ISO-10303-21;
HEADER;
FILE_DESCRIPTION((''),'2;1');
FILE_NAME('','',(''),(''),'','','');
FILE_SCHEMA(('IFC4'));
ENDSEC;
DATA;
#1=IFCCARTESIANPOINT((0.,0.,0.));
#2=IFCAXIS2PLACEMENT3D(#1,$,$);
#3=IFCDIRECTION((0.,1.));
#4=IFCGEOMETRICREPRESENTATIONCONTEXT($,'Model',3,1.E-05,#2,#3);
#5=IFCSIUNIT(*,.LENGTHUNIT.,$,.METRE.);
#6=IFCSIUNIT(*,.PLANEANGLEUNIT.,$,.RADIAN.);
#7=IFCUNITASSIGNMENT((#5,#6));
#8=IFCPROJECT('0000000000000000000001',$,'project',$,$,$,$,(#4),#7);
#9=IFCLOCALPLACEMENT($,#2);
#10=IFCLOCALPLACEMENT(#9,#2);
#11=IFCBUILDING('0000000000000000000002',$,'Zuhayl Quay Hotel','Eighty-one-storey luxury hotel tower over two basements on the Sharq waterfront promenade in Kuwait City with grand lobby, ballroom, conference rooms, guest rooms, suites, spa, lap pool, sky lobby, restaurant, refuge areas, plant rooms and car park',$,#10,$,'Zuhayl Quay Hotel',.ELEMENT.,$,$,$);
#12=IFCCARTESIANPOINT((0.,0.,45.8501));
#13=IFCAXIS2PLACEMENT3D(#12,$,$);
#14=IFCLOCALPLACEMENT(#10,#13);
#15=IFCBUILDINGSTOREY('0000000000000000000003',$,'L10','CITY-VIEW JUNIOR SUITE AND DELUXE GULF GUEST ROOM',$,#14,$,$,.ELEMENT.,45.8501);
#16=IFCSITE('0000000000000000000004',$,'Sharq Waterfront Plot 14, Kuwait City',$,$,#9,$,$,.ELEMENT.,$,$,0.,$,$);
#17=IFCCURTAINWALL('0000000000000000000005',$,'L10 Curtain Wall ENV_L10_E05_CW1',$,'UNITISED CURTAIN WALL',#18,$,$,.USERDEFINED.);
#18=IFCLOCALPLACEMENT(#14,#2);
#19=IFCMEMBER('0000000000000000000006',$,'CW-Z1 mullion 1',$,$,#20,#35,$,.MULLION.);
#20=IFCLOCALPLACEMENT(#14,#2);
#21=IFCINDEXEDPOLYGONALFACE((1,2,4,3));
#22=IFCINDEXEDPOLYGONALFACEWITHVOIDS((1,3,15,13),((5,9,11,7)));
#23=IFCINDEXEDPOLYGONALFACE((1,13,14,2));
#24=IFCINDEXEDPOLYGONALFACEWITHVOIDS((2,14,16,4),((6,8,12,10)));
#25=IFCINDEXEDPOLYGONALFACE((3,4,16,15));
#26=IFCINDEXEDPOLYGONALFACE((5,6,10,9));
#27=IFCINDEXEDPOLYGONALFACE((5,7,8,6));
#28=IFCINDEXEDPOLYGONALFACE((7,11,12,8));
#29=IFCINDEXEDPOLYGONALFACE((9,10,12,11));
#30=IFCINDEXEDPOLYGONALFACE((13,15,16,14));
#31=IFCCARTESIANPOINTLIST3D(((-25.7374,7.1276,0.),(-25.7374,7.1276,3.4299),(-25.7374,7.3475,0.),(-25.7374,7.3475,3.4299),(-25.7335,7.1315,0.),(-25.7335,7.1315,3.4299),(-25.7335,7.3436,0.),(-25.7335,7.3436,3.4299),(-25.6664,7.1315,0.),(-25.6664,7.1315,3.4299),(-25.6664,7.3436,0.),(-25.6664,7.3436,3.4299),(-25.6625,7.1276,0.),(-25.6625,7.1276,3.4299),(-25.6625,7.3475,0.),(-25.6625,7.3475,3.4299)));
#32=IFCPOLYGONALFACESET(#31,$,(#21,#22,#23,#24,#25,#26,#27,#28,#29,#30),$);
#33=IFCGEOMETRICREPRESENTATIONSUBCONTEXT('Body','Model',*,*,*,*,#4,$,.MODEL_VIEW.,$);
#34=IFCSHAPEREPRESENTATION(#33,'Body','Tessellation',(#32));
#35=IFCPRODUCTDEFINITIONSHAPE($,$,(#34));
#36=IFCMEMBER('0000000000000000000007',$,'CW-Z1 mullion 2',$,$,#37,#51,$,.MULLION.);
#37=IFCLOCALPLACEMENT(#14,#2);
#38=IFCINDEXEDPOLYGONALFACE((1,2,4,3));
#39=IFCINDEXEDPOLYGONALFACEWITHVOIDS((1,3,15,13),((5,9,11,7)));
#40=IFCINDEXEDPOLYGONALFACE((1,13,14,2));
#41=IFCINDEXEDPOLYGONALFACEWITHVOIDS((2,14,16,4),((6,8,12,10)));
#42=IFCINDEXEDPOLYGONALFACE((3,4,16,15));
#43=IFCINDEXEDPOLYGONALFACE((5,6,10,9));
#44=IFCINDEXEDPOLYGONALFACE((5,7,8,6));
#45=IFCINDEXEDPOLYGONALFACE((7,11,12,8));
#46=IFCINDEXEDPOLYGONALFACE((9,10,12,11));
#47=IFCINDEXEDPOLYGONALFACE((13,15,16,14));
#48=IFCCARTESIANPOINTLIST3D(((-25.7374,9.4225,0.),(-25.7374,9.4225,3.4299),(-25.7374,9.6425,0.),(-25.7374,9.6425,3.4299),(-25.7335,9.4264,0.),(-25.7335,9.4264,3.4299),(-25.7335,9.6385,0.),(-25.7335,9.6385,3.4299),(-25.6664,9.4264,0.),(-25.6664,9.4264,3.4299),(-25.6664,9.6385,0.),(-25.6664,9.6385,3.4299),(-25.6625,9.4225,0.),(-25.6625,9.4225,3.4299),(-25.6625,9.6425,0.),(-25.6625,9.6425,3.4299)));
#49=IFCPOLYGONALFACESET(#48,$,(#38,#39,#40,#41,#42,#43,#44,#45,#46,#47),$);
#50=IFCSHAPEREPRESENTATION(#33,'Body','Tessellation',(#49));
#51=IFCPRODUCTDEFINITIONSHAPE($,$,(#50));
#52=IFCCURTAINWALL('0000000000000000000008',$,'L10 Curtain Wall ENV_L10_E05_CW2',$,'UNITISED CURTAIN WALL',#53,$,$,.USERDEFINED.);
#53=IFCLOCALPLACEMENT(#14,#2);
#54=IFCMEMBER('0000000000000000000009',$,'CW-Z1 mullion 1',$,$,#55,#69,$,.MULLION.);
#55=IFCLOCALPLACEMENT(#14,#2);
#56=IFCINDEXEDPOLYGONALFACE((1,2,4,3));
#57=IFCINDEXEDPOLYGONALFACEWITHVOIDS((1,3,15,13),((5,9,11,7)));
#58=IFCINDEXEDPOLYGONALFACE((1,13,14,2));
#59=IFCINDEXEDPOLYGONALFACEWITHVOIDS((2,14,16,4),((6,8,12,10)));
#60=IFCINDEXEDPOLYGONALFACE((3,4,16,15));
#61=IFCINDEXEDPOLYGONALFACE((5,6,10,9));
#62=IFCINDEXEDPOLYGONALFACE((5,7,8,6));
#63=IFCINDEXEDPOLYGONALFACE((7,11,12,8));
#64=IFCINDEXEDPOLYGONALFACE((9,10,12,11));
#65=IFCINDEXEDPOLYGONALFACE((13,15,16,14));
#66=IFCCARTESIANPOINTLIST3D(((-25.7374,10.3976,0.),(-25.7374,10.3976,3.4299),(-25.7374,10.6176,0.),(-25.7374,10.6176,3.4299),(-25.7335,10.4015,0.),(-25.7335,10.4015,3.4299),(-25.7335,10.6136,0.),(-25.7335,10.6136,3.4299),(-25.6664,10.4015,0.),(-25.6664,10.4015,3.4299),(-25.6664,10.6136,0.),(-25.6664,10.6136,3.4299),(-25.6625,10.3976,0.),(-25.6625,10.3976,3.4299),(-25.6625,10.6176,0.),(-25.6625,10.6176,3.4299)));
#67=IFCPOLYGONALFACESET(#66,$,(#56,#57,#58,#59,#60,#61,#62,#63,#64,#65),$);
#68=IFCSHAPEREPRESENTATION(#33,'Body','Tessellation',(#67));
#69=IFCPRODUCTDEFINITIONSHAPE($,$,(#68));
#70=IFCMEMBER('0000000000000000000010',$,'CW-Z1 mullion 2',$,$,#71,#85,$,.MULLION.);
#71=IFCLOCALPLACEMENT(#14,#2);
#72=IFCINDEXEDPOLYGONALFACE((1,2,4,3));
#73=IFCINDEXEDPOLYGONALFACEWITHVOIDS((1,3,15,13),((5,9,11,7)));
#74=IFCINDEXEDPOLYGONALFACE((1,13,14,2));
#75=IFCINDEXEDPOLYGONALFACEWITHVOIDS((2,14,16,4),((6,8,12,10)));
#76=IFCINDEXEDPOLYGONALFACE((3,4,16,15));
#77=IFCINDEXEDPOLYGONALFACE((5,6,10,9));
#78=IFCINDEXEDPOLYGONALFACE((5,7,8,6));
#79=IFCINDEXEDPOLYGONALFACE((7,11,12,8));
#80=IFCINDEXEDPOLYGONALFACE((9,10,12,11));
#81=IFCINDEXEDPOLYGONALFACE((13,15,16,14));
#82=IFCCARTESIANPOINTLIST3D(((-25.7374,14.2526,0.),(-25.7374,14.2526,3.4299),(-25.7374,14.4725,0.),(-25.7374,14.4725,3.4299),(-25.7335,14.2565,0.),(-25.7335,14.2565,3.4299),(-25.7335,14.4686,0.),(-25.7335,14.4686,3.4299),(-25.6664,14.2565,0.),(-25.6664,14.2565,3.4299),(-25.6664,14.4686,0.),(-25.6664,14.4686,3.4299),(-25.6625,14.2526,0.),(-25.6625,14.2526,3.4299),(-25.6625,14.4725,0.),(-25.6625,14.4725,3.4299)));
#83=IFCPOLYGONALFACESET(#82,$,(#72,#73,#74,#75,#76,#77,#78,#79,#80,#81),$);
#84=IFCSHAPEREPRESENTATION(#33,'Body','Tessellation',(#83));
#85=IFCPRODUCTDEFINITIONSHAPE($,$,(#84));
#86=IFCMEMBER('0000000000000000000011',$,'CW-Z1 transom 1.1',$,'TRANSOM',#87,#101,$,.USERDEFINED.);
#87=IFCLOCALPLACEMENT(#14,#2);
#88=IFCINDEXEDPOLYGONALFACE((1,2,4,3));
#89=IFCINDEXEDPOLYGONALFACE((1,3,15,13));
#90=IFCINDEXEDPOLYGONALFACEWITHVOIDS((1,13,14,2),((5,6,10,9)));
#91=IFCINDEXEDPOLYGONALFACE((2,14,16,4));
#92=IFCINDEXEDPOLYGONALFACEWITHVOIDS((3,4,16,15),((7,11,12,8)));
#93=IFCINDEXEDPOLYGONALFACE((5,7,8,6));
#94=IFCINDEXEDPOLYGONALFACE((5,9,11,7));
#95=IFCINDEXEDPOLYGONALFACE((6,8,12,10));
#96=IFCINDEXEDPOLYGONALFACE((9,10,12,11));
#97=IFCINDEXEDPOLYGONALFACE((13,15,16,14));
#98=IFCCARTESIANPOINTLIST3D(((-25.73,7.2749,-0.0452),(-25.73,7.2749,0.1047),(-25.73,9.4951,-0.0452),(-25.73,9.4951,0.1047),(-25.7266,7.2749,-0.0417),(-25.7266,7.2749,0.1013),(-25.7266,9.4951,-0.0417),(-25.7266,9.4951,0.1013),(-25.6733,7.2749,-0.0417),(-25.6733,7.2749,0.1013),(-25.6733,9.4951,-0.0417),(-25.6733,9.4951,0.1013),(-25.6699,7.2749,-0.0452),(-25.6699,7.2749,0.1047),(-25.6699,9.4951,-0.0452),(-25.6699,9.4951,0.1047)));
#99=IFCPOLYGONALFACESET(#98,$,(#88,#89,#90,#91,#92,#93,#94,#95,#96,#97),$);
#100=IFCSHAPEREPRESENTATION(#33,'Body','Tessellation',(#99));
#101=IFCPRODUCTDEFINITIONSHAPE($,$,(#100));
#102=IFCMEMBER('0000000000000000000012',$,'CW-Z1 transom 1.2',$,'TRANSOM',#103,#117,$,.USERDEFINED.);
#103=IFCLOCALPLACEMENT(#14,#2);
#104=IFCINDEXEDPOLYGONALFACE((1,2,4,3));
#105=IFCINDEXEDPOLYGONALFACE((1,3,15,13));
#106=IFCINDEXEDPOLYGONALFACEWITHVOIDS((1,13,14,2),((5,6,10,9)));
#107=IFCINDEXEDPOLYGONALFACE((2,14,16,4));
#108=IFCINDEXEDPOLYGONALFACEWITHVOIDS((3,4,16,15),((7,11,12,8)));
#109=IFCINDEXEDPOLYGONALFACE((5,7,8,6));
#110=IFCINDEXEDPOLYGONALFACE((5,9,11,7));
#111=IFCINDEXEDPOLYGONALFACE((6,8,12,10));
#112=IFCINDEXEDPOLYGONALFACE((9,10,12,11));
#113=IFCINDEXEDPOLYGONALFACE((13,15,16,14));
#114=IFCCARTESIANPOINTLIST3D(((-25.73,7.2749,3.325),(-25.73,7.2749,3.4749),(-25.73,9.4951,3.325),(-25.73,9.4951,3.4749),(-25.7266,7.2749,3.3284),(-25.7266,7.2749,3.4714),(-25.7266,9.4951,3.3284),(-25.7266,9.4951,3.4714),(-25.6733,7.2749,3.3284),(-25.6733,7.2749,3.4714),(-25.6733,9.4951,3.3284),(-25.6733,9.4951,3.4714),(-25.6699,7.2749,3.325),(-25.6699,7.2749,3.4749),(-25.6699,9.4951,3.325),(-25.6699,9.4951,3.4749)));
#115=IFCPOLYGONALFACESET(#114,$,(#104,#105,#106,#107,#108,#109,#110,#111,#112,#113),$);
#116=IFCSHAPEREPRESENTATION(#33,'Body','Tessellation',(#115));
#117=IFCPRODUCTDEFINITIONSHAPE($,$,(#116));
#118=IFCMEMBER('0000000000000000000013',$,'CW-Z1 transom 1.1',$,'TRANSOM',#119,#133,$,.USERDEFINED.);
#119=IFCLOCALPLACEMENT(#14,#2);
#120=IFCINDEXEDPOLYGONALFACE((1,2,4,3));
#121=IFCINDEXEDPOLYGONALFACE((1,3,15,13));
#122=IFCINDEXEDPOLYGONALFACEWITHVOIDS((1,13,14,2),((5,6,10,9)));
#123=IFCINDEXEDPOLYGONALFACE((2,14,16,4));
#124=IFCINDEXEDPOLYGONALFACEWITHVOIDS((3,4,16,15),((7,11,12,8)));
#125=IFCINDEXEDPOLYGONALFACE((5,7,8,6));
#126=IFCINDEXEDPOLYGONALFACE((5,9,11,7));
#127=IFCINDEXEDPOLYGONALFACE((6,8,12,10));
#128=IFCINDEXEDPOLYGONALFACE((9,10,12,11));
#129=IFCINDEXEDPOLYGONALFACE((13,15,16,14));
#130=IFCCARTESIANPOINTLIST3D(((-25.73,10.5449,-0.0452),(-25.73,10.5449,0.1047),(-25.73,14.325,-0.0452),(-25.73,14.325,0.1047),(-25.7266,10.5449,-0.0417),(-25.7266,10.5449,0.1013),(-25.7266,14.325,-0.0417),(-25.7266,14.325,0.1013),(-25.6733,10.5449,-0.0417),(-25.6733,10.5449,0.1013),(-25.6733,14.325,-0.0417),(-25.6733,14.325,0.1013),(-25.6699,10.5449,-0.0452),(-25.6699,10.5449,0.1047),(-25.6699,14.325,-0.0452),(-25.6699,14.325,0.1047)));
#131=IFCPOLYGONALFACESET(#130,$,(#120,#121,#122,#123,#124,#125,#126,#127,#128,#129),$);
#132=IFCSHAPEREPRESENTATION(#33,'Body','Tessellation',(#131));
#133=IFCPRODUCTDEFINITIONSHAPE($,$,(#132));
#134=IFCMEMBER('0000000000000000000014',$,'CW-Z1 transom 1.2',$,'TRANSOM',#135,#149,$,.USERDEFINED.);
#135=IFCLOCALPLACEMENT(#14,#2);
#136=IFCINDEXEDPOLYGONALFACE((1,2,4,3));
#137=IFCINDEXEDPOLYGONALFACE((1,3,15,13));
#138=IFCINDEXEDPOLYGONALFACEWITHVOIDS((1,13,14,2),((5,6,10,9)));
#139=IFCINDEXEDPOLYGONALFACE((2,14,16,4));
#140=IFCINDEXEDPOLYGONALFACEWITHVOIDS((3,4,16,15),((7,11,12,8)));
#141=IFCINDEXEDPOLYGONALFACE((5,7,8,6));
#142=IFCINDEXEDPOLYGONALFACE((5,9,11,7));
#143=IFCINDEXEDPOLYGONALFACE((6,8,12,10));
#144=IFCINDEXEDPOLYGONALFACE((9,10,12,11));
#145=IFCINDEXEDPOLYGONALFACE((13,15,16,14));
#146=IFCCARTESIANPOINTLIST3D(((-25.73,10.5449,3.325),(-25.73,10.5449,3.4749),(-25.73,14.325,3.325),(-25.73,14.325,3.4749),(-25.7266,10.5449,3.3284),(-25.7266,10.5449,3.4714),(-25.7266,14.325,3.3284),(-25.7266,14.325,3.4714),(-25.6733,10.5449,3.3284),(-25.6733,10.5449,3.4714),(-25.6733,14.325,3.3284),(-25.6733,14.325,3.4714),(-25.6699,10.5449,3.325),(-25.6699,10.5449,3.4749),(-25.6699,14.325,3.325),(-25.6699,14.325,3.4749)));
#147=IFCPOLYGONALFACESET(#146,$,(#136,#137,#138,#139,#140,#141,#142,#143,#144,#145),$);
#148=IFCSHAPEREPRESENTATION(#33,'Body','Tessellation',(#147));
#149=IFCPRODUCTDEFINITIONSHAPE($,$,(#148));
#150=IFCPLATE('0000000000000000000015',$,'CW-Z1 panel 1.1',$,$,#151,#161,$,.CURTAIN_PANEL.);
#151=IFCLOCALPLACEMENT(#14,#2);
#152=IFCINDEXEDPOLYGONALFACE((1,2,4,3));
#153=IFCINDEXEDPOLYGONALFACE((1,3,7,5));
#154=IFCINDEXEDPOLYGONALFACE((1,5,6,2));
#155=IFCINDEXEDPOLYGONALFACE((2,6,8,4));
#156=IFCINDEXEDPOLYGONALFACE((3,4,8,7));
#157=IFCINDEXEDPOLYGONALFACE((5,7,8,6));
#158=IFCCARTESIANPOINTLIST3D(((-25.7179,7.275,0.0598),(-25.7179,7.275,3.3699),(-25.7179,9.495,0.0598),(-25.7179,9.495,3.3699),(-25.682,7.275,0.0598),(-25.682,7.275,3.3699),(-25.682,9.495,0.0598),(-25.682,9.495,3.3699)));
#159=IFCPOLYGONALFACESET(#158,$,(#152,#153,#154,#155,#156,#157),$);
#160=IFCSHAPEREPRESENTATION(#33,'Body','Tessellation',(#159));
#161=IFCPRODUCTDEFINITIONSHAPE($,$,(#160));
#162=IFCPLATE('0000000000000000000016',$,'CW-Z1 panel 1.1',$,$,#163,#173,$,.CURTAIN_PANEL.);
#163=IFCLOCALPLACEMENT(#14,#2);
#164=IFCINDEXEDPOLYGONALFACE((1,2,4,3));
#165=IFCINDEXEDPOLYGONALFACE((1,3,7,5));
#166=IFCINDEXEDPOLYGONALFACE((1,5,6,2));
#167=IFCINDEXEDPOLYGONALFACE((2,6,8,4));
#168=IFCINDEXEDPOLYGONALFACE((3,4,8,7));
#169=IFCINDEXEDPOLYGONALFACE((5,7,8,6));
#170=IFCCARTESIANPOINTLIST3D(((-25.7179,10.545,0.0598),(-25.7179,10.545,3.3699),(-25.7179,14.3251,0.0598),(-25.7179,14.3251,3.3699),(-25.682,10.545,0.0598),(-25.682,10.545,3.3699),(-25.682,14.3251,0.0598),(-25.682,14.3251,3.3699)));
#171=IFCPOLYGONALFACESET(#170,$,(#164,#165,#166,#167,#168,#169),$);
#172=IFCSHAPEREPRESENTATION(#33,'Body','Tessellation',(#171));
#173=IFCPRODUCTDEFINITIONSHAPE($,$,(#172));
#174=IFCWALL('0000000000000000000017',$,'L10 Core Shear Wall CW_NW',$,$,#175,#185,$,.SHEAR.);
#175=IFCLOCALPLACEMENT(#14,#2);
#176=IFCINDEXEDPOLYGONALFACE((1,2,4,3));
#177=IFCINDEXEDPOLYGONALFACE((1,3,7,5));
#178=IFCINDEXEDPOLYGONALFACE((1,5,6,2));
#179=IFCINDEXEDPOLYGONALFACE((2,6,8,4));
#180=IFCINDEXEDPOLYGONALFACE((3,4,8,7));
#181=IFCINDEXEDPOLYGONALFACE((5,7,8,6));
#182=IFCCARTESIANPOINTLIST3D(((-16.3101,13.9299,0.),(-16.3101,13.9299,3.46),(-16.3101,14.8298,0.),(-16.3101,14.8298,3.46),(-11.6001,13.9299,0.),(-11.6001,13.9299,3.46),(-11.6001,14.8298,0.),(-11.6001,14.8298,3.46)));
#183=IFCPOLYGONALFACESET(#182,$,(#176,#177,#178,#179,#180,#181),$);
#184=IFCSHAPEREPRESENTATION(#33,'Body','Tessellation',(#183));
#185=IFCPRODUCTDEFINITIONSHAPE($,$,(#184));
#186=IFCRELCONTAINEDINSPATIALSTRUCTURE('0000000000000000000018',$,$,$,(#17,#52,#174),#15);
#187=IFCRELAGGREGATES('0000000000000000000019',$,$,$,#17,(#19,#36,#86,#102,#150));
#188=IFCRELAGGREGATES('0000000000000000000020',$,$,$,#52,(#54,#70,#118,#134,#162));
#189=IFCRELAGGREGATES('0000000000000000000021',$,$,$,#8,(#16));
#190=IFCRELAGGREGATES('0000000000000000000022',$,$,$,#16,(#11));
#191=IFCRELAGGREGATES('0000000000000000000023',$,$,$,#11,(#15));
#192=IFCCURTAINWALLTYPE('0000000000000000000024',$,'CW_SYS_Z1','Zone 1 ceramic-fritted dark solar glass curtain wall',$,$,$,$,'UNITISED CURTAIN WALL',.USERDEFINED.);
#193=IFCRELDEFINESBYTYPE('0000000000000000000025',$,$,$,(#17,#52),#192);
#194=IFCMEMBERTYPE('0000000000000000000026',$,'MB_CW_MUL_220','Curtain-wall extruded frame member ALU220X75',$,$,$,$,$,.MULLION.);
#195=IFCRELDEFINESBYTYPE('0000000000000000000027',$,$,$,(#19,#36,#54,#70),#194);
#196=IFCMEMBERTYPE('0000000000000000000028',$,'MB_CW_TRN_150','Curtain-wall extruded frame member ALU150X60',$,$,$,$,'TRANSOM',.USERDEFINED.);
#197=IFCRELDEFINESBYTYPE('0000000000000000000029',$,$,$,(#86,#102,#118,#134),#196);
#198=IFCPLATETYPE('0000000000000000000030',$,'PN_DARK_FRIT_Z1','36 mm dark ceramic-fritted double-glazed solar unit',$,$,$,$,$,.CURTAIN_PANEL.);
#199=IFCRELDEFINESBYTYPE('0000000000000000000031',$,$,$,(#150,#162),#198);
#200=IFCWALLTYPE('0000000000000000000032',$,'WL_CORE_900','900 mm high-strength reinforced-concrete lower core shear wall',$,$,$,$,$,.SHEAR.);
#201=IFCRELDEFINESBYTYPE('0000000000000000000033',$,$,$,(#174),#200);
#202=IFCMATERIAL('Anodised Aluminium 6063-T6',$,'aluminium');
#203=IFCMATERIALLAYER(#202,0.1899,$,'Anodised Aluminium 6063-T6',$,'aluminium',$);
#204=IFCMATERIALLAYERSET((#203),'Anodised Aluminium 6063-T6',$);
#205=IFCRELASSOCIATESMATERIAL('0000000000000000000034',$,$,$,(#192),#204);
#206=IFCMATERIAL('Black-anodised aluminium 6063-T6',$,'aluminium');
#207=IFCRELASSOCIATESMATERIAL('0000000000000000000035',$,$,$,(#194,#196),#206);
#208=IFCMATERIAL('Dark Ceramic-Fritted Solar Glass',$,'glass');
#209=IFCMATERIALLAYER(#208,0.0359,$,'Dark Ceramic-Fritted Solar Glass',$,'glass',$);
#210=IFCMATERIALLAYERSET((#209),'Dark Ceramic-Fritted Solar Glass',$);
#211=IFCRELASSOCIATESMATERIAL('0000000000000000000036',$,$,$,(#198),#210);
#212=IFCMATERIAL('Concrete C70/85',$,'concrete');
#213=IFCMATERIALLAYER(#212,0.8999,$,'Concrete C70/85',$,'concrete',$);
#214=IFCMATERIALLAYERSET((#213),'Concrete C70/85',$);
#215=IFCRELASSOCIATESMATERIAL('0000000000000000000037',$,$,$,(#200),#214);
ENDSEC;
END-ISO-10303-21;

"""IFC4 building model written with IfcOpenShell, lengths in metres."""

from ifc_helpers import new_model, si_unit, direction, frame, frame_2d, origin, origin_2d, place, context, subcontext, project, spatial, rectangle, hollow_rectangle, extrude, material, layer, layer_set, material_profile, profile_set, type_object, element, aggregate, save


model = new_model("IFC4")

# Units and contexts
model_context = context("Model", 3, precision=1e-05, world=origin(), true_north=direction((0.0, 1.0)))
body_context = subcontext(model_context, "Body", "Model", "MODEL_VIEW")
ifc_project = project(units=[si_unit("LENGTHUNIT", "METRE"), si_unit("PLANEANGLEUNIT", "RADIAN")], contexts=[model_context])

# Site, building, storey
site_placement = place(None, origin())
site = spatial("IfcSite", under=ifc_project, at=site_placement, Name="Sharq Waterfront Plot 14, Kuwait City", CompositionType="ELEMENT", RefElevation=0.0)
building_placement = place(site_placement, origin())
building = spatial("IfcBuilding", under=site, at=building_placement, Name="Zuhayl Quay Hotel", Description="Eighty-one-storey luxury hotel tower over two basements on the Sharq waterfront promenade in Kuwait City with grand lobby, ballroom, conference rooms, guest rooms, suites, spa, lap pool, sky lobby, restaurant, refuge areas, plant rooms and car park", LongName="Zuhayl Quay Hotel", CompositionType="ELEMENT")
storey_placement = place(building_placement, frame((0.0, 0.0, 45.8501)))
storey = spatial("IfcBuildingStorey", under=building, at=storey_placement, Name="L10", Description="CITY-VIEW JUNIOR SUITE AND DELUXE GULF GUEST ROOM", CompositionType="ELEMENT", Elevation=45.8501)

# Curtain walls, members
ifc_material_1 = material(Name="Anodised Aluminium 6063-T6", Category="aluminium")
ifc_layer_1 = layer(ifc_material_1, 0.1899, Name="Anodised Aluminium 6063-T6", Category="aluminium")
ifc_layer_set_1 = layer_set([ifc_layer_1], Name="Anodised Aluminium 6063-T6")
curtain_wall_type = type_object("IfcCurtainWallType", Name="CW_SYS_Z1", Description="Zone 1 ceramic-fritted dark solar glass curtain wall", ElementType="UNITISED CURTAIN WALL", PredefinedType="USERDEFINED", material=ifc_layer_set_1)
curtain_wall_1_placement = place(storey_placement, origin())
curtain_wall_1 = element("IfcCurtainWall", 1, at=curtain_wall_1_placement, inside=storey, type_object=curtain_wall_type, Name="L10 Curtain Wall ENV_L10_E05_CW1", ObjectType="UNITISED CURTAIN WALL", PredefinedType="USERDEFINED")
ifc_material_2 = material(Name="Black-anodised aluminium 6063-T6", Category="aluminium")
ifc_material_profile_1 = material_profile(ifc_material_2, hollow_rectangle(XDim=0.075, YDim=0.22, WallThickness=0.0039, at=origin_2d()), Name="ALU220X75")
ifc_profile_set_1 = profile_set([ifc_material_profile_1], Name="Black-anodised aluminium 6063-T6")
member_type_1 = type_object("IfcMemberType", Name="MB_CW_MUL_220", Description="Curtain-wall extruded frame member ALU220X75", PredefinedType="MULLION", material=ifc_profile_set_1)
member_1_placement = place(storey_placement, frame((-25.7, 7.2375, 0.0), z_axis=(0.0, 0.0, 1.0), x_axis=(-1.0, 0.0, 0.0)))
member_1 = element("IfcMember", 2, at=member_1_placement, type_object=member_type_1, Name="CW-Z1 mullion 1", PredefinedType="MULLION", context=body_context, shape_type="SweptSolid", body=[
    extrude(hollow_rectangle(XDim=0.075, YDim=0.22, WallThickness=0.0039, at=origin_2d()), origin(), (0.0, 0.0, 1.0), 3.4299),
])
member_2_placement = place(storey_placement, frame((-25.7, 9.5325, 0.0), z_axis=(0.0, 0.0, 1.0), x_axis=(-1.0, 0.0, 0.0)))
member_2 = element("IfcMember", 3, at=member_2_placement, type_object=member_type_1, Name="CW-Z1 mullion 2", PredefinedType="MULLION", context=body_context, shape_type="SweptSolid", body=[
    extrude(hollow_rectangle(XDim=0.075, YDim=0.22, WallThickness=0.0039, at=origin_2d()), origin(), (0.0, 0.0, 1.0), 3.4299),
])
curtain_wall_2_placement = place(storey_placement, origin())
curtain_wall_2 = element("IfcCurtainWall", 4, at=curtain_wall_2_placement, inside=storey, type_object=curtain_wall_type, Name="L10 Curtain Wall ENV_L10_E05_CW2", ObjectType="UNITISED CURTAIN WALL", PredefinedType="USERDEFINED")
member_3_placement = place(storey_placement, frame((-25.7, 10.5076, 0.0), z_axis=(0.0, 0.0, 1.0), x_axis=(-1.0, 0.0, 0.0)))
member_3 = element("IfcMember", 5, at=member_3_placement, type_object=member_type_1, Name="CW-Z1 mullion 1", PredefinedType="MULLION", context=body_context, shape_type="SweptSolid", body=[
    extrude(hollow_rectangle(XDim=0.075, YDim=0.22, WallThickness=0.0039, at=origin_2d()), origin(), (0.0, 0.0, 1.0), 3.4299),
])
member_4_placement = place(storey_placement, frame((-25.7, 14.3625, 0.0), z_axis=(0.0, 0.0, 1.0), x_axis=(-1.0, 0.0, 0.0)))
member_4 = element("IfcMember", 6, at=member_4_placement, type_object=member_type_1, Name="CW-Z1 mullion 2", PredefinedType="MULLION", context=body_context, shape_type="SweptSolid", body=[
    extrude(hollow_rectangle(XDim=0.075, YDim=0.22, WallThickness=0.0039, at=origin_2d()), origin(), (0.0, 0.0, 1.0), 3.4299),
])

# Members
ifc_material_profile_2 = material_profile(ifc_material_2, hollow_rectangle(XDim=0.0601, YDim=0.1499, WallThickness=0.0034, at=origin_2d()), Name="ALU150X60")
ifc_profile_set_2 = profile_set([ifc_material_profile_2], Name="Black-anodised aluminium 6063-T6")
member_type_2 = type_object("IfcMemberType", Name="MB_CW_TRN_150", Description="Curtain-wall extruded frame member ALU150X60", ElementType="TRANSOM", PredefinedType="USERDEFINED", material=ifc_profile_set_2)
member_5_placement = place(storey_placement, frame((-25.7, 7.2749, 0.0298), z_axis=(0.0, 1.0, 0.0), x_axis=(-1.0, 0.0, 0.0)))
member_5 = element("IfcMember", 7, at=member_5_placement, type_object=member_type_2, Name="CW-Z1 transom 1.1", ObjectType="TRANSOM", PredefinedType="USERDEFINED", context=body_context, shape_type="SweptSolid", body=[
    extrude(hollow_rectangle(XDim=0.0601, YDim=0.1499, WallThickness=0.0034, at=origin_2d()), origin(), (0.0, 0.0, 1.0), 2.2202),
])
member_6_placement = place(storey_placement, frame((-25.7, 7.2749, 3.3999), z_axis=(0.0, 1.0, 0.0), x_axis=(-1.0, 0.0, 0.0)))
member_6 = element("IfcMember", 8, at=member_6_placement, type_object=member_type_2, Name="CW-Z1 transom 1.2", ObjectType="TRANSOM", PredefinedType="USERDEFINED", context=body_context, shape_type="SweptSolid", body=[
    extrude(hollow_rectangle(XDim=0.0601, YDim=0.1499, WallThickness=0.0034, at=origin_2d()), origin(), (0.0, 0.0, 1.0), 2.2202),
])
member_7_placement = place(storey_placement, frame((-25.7, 10.5449, 0.0298), z_axis=(0.0, 1.0, 0.0), x_axis=(-1.0, 0.0, 0.0)))
member_7 = element("IfcMember", 9, at=member_7_placement, type_object=member_type_2, Name="CW-Z1 transom 1.1", ObjectType="TRANSOM", PredefinedType="USERDEFINED", context=body_context, shape_type="SweptSolid", body=[
    extrude(hollow_rectangle(XDim=0.0601, YDim=0.1499, WallThickness=0.0034, at=origin_2d()), origin(), (0.0, 0.0, 1.0), 3.78),
])
member_8_placement = place(storey_placement, frame((-25.7, 10.5449, 3.3999), z_axis=(0.0, 1.0, 0.0), x_axis=(-1.0, 0.0, 0.0)))
member_8 = element("IfcMember", 10, at=member_8_placement, type_object=member_type_2, Name="CW-Z1 transom 1.2", ObjectType="TRANSOM", PredefinedType="USERDEFINED", context=body_context, shape_type="SweptSolid", body=[
    extrude(hollow_rectangle(XDim=0.0601, YDim=0.1499, WallThickness=0.0034, at=origin_2d()), origin(), (0.0, 0.0, 1.0), 3.78),
])

# Plates
ifc_material_3 = material(Name="Dark Ceramic-Fritted Solar Glass", Category="glass")
ifc_layer_2 = layer(ifc_material_3, 0.0359, Name="Dark Ceramic-Fritted Solar Glass", Category="glass")
ifc_layer_set_2 = layer_set([ifc_layer_2], Name="Dark Ceramic-Fritted Solar Glass")
plate_type = type_object("IfcPlateType", Name="PN_DARK_FRIT_Z1", Description="36 mm dark ceramic-fritted double-glazed solar unit", PredefinedType="CURTAIN_PANEL", material=ifc_layer_set_2)
plate_1_placement = place(storey_placement, frame((-25.7, 8.385, 0.0598), z_axis=(0.0, 0.0, 1.0), x_axis=(0.0, 1.0, 0.0)))
plate_1 = element("IfcPlate", 11, at=plate_1_placement, type_object=plate_type, Name="CW-Z1 panel 1.1", PredefinedType="CURTAIN_PANEL", context=body_context, shape_type="SweptSolid", body=[
    extrude(rectangle(XDim=2.22, YDim=0.0359, at=origin_2d()), origin(), (0.0, 0.0, 1.0), 3.3101),
])
aggregate(curtain_wall_1, [member_1, member_2, member_5, member_6, plate_1])
plate_2_placement = place(storey_placement, frame((-25.7, 12.4351, 0.0598), z_axis=(0.0, 0.0, 1.0), x_axis=(0.0, 1.0, 0.0)))
plate_2 = element("IfcPlate", 12, at=plate_2_placement, type_object=plate_type, Name="CW-Z1 panel 1.1", PredefinedType="CURTAIN_PANEL", context=body_context, shape_type="SweptSolid", body=[
    extrude(rectangle(XDim=3.78, YDim=0.0359, at=origin_2d()), origin(), (0.0, 0.0, 1.0), 3.3101),
])
aggregate(curtain_wall_2, [member_3, member_4, member_7, member_8, plate_2])

# Wall
ifc_material_4 = material(Name="Concrete C70/85", Category="concrete")
ifc_layer_3 = layer(ifc_material_4, 0.8999, Name="Concrete C70/85", Category="concrete")
ifc_layer_set_3 = layer_set([ifc_layer_3], Name="Concrete C70/85")
wall_type_1 = type_object("IfcWallType", Name="WL_CORE_900", Description="900 mm high-strength reinforced-concrete lower core shear wall", PredefinedType="SHEAR", material=ifc_layer_set_3)
wall_1_placement = place(storey_placement, frame((-16.3101, 14.3799, 0.0), z_axis=(0.0, 0.0, 1.0), x_axis=(1.0, 0.0, 0.0)))
element("IfcWall", 13, at=wall_1_placement, inside=storey, type_object=wall_type_1, Name="L10 Core Shear Wall CW_NW", PredefinedType="SHEAR", context=body_context, shape_type="SweptSolid", body=[
    extrude(rectangle(XDim=4.71, YDim=0.8999, at=frame_2d((2.355, 0.0))), origin(), (0.0, 0.0, 1.0), 3.46),
])

save(model, "model.ifc")
